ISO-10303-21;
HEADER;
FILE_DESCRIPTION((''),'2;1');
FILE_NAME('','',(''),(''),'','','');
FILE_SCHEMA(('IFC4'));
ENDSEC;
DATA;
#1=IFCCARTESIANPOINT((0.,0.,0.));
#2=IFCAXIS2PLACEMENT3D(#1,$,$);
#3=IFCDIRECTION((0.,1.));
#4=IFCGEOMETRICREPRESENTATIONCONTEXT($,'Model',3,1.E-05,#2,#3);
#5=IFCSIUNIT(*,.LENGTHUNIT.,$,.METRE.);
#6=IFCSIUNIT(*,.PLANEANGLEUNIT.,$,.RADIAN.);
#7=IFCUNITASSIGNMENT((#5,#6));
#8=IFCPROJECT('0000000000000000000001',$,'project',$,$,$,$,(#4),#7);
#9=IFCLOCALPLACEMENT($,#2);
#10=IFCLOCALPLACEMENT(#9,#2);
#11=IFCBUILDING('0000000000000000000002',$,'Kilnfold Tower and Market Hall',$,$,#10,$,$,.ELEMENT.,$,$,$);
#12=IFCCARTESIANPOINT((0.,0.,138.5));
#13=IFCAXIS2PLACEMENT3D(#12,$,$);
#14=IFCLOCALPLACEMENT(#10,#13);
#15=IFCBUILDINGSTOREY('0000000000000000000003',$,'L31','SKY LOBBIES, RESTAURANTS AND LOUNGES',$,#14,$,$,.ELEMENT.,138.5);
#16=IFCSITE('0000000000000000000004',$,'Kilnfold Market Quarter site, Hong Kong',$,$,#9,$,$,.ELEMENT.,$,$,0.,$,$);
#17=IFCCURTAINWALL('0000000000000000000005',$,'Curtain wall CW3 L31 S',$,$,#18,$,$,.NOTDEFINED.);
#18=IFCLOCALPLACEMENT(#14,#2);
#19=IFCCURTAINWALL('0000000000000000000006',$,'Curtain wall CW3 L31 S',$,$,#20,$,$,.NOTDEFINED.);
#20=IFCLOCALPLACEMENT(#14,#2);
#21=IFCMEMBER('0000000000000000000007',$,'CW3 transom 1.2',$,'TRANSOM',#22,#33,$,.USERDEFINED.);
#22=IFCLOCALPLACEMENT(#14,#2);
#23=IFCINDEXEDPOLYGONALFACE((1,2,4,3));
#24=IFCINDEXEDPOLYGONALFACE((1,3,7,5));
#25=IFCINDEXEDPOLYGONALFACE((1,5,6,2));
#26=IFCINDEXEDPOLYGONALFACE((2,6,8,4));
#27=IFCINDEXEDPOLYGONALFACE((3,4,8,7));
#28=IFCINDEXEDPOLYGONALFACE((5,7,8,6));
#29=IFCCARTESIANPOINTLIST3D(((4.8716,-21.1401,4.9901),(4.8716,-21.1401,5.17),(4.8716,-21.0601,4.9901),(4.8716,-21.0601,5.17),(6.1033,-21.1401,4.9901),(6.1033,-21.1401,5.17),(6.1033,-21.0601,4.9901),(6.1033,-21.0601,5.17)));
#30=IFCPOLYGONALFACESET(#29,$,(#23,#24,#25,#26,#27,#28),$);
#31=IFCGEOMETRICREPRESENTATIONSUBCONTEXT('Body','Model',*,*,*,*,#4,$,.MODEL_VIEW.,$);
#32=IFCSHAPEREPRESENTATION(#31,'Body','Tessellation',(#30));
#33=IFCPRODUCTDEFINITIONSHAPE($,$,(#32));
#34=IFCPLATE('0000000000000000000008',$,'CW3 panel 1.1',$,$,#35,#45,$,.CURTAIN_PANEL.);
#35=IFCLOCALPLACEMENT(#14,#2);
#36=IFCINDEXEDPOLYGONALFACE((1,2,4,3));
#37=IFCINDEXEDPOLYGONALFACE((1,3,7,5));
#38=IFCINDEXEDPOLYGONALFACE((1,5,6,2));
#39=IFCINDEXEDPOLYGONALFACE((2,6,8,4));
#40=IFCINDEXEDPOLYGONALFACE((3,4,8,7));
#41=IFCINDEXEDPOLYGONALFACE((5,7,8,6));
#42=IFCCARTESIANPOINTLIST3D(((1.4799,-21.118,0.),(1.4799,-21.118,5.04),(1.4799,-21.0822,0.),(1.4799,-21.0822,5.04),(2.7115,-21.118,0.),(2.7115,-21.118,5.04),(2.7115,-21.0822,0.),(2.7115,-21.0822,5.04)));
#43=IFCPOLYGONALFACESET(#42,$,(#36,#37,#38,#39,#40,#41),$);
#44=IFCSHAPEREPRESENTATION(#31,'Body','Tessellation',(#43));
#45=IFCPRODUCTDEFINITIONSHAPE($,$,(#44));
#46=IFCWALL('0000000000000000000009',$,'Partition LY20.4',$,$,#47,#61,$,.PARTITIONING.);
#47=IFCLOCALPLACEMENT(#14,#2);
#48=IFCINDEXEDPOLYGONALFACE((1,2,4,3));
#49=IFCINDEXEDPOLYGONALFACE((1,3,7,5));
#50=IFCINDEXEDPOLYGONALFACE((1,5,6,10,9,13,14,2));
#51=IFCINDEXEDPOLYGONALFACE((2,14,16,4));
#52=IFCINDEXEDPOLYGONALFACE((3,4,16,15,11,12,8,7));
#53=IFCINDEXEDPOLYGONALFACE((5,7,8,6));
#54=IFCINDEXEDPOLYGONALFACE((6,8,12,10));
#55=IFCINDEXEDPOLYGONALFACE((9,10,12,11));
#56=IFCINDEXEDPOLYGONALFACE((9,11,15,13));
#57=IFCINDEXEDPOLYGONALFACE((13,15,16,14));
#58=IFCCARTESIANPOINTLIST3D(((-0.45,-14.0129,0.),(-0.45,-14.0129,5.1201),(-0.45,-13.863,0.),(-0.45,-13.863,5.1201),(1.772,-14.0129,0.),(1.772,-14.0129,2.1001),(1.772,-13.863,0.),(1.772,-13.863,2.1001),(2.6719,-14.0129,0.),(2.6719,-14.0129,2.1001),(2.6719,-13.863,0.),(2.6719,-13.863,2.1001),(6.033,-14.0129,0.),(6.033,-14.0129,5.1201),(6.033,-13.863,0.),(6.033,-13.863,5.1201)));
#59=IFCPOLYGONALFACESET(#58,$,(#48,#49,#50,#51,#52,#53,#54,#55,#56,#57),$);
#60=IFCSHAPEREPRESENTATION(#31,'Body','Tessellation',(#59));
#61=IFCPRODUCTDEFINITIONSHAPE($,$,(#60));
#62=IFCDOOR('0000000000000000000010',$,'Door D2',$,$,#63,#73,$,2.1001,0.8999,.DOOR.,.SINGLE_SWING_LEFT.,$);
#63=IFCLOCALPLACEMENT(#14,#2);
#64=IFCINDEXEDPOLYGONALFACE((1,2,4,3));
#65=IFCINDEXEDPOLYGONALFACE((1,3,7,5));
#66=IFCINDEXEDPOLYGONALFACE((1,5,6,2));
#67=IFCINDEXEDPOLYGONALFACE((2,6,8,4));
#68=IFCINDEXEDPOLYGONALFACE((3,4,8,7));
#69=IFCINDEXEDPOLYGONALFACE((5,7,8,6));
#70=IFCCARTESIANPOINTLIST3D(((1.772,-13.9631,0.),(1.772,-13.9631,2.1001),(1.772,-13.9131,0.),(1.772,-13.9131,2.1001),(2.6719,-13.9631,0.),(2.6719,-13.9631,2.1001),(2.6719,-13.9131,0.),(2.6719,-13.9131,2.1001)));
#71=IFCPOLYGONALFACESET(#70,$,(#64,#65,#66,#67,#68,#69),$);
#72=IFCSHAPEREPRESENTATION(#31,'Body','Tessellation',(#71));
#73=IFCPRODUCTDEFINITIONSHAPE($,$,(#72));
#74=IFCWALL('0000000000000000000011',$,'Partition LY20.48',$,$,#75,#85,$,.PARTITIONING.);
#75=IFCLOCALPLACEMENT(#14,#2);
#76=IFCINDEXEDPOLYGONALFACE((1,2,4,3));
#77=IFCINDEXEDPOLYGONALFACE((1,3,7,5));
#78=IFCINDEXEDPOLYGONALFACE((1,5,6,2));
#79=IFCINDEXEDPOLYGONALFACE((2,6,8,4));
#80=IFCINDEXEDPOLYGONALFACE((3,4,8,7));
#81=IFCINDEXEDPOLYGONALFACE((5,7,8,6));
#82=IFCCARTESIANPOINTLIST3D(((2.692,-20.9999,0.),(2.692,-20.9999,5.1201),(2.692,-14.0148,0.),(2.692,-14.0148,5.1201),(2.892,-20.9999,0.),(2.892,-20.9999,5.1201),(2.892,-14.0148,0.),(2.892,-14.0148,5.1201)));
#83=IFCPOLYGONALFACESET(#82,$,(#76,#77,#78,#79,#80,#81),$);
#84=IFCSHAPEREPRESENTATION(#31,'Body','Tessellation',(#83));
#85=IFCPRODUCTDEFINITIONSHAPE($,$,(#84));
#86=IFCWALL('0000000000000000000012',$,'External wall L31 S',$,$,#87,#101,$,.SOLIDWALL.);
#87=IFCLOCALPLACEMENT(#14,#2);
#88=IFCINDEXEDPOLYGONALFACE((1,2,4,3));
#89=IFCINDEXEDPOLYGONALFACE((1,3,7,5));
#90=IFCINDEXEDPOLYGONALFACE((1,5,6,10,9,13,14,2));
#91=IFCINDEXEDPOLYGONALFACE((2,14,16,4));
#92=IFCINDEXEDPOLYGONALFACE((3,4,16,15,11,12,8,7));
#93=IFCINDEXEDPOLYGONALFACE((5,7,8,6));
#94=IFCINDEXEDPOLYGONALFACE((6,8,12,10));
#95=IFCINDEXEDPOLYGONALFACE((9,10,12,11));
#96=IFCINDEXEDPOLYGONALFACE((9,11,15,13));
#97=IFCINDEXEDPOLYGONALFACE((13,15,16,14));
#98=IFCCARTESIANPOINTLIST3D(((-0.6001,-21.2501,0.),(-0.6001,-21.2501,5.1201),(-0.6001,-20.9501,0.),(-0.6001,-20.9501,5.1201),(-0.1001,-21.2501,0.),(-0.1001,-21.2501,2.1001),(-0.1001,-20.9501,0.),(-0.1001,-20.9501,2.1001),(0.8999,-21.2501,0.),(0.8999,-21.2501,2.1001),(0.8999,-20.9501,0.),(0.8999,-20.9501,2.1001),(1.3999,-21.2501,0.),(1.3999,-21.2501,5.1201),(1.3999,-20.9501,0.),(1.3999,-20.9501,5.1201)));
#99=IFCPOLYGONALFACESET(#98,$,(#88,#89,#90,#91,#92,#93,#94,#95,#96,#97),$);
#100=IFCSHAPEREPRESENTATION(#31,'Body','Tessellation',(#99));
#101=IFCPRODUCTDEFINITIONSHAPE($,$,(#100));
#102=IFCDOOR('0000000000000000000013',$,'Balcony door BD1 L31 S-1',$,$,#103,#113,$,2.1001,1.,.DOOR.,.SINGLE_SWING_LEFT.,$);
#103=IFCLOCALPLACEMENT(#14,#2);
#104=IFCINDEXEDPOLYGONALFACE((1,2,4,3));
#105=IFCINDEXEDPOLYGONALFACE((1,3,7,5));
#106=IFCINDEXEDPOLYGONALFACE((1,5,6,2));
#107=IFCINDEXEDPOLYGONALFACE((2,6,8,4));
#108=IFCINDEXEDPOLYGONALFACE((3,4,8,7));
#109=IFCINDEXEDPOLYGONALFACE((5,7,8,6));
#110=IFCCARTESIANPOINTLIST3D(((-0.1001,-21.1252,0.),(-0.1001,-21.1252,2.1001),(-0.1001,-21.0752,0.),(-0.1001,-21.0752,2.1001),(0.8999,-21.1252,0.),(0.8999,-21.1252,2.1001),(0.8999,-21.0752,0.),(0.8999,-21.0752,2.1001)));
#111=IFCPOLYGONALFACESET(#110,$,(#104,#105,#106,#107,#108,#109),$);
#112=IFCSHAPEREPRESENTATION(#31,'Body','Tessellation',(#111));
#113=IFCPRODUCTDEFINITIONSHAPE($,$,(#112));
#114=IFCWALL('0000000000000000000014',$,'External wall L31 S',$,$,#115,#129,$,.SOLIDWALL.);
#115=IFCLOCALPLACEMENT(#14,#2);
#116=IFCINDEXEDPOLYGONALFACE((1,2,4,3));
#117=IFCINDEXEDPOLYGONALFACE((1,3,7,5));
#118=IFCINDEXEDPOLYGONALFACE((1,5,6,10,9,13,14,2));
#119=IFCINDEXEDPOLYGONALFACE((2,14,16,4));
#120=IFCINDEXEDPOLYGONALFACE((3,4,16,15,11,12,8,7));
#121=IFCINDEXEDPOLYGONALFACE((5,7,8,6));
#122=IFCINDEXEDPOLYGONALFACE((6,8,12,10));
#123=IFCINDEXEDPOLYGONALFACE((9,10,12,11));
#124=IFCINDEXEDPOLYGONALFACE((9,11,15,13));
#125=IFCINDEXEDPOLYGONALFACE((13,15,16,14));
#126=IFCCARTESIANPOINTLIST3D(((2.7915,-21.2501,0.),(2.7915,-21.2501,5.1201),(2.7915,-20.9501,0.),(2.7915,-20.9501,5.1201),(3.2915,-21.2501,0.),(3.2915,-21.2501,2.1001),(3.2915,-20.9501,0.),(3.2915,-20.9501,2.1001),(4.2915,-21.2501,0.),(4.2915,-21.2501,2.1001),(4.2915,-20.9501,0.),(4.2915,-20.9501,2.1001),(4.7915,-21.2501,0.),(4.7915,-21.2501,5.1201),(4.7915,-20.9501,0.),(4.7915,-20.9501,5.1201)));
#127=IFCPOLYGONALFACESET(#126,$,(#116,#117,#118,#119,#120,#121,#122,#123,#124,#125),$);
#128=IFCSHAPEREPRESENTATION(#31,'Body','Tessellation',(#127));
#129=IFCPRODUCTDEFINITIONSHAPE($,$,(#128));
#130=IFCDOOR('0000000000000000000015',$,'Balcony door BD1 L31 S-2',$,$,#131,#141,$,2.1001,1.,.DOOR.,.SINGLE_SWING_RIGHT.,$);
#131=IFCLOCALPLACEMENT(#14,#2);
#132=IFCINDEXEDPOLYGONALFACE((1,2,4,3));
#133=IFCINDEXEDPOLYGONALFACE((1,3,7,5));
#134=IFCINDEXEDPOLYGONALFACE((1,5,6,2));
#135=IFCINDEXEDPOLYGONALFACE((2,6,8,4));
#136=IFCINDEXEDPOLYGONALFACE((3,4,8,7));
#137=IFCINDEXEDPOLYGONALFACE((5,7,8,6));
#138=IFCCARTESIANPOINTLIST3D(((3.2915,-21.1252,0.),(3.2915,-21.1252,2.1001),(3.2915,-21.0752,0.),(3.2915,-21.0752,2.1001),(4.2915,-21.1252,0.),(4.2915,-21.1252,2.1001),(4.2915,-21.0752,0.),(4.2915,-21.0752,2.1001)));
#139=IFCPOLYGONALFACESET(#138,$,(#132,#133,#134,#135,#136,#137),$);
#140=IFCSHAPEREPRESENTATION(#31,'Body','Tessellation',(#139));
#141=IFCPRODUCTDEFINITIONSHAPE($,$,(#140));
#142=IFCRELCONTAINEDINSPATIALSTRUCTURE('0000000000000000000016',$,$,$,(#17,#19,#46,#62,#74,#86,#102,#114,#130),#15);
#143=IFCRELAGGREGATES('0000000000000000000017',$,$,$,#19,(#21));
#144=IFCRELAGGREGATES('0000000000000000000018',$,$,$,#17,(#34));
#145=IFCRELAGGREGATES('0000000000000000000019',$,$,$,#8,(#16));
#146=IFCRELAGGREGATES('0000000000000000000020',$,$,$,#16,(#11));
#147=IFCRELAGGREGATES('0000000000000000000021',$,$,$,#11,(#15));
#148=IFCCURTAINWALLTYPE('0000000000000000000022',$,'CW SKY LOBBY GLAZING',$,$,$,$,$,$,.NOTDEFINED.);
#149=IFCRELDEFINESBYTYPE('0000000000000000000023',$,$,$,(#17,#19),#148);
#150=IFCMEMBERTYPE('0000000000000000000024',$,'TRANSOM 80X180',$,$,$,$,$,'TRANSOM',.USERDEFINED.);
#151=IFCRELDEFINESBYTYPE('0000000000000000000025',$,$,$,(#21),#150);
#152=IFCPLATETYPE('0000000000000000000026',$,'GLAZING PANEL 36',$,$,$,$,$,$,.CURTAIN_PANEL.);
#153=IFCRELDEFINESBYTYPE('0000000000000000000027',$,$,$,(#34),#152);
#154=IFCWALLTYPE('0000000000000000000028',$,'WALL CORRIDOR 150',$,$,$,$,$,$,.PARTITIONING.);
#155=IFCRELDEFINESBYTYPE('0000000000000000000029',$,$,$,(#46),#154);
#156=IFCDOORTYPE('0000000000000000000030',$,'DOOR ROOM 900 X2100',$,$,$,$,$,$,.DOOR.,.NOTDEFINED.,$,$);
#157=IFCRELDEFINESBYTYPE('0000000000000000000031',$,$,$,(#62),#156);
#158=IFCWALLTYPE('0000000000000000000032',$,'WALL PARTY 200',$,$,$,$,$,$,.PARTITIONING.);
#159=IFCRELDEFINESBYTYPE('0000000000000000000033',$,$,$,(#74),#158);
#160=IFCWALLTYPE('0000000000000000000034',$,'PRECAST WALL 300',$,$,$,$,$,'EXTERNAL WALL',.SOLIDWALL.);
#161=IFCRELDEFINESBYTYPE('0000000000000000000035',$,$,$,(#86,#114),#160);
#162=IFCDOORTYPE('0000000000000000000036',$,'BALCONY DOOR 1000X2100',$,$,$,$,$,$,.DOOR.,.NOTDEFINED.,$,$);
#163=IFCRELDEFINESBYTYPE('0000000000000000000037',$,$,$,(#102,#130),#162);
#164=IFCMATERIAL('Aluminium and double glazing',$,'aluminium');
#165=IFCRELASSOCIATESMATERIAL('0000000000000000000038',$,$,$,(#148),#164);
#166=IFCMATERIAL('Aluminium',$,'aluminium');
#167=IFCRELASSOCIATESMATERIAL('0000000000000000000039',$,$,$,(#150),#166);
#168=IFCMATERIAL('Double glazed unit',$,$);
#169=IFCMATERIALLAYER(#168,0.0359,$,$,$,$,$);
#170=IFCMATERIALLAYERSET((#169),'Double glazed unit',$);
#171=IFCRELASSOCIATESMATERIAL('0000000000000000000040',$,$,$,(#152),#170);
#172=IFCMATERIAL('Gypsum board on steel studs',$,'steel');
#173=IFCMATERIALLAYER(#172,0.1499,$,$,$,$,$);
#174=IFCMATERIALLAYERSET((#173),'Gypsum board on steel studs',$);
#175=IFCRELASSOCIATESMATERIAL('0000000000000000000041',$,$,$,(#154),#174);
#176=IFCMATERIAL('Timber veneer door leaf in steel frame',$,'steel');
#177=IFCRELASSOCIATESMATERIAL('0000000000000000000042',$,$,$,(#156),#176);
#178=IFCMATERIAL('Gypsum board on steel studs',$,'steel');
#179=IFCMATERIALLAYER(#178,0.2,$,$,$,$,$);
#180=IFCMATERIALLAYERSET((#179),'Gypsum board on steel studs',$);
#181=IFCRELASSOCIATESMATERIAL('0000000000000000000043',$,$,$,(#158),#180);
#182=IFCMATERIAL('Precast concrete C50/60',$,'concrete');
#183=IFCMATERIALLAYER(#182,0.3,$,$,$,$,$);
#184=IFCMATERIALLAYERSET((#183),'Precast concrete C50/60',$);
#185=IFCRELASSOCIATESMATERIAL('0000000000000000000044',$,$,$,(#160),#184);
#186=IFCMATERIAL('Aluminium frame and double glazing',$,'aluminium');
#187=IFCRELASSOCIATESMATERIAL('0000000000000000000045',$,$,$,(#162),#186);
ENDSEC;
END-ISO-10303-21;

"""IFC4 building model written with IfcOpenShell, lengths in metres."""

from ifc_helpers import new_model, si_unit, direction, frame, frame_2d, origin, origin_2d, place, context, subcontext, project, spatial, rectangle, extrude, source, transform, mapped, material, layer, layer_set, material_profile, profile_set, type_object, element, fill, aggregate, save


model = new_model("IFC4")

# Units and contexts
model_context = context("Model", 3, precision=1e-05, world=origin(), true_north=direction((0.0, 1.0)))
body_context = subcontext(model_context, "Body", "Model", "MODEL_VIEW")
ifc_project = project(units=[si_unit("LENGTHUNIT", "METRE"), si_unit("PLANEANGLEUNIT", "RADIAN")], contexts=[model_context])

# Site, building, storey
site_placement = place(None, origin())
site = spatial("IfcSite", under=ifc_project, at=site_placement, Name="Kilnfold Market Quarter site, Hong Kong", CompositionType="ELEMENT", RefElevation=0.0)
building_placement = place(site_placement, origin())
building = spatial("IfcBuilding", under=site, at=building_placement, Name="Kilnfold Tower and Market Hall", CompositionType="ELEMENT")
storey_placement = place(building_placement, frame((0.0, 0.0, 138.5)))
storey = spatial("IfcBuildingStorey", under=building, at=storey_placement, Name="L31", Description="SKY LOBBIES, RESTAURANTS AND LOUNGES", CompositionType="ELEMENT", Elevation=138.5)

# Shared definitions
ifc_material_1 = material(Name="Aluminium and double glazing", Category="aluminium")
curtain_wall_type = type_object("IfcCurtainWallType", Name="CW SKY LOBBY GLAZING", PredefinedType="NOTDEFINED", material=ifc_material_1)

# Curtain wall
curtain_wall_1_placement = place(storey_placement, origin())
curtain_wall_1 = element("IfcCurtainWall", 1, at=curtain_wall_1_placement, inside=storey, type_object=curtain_wall_type, Name="Curtain wall CW3 L31 S", PredefinedType="NOTDEFINED")

# Curtain wall
curtain_wall_2_placement = place(storey_placement, origin())
curtain_wall_2 = element("IfcCurtainWall", 2, at=curtain_wall_2_placement, inside=storey, type_object=curtain_wall_type, Name="Curtain wall CW3 L31 S", PredefinedType="NOTDEFINED")

# Member
ifc_material_2 = material(Name="Aluminium", Category="aluminium")
ifc_material_profile_1 = material_profile(ifc_material_2, rectangle(XDim=0.0801, YDim=0.1799, at=origin_2d()), Name="TRANSOM 80x180")
ifc_profile_set_1 = profile_set([ifc_material_profile_1], Name="Aluminium")
member_type_1 = type_object("IfcMemberType", Name="TRANSOM 80X180", ElementType="TRANSOM", PredefinedType="USERDEFINED", material=ifc_profile_set_1)
shared_shape_1 = source(origin(), body_context, "Body", "SweptSolid", [
    extrude(rectangle(XDim=0.0801, YDim=0.1799, at=origin_2d()), origin(), (0.0, 0.0, 1.0), 1.2317),
])
member_1_placement = place(storey_placement, frame((4.8716, -21.1001, 5.0801), z_axis=(1.0, 0.0, 0.0), x_axis=(0.0, 1.0, 0.0)))
member_1 = element("IfcMember", 3, at=member_1_placement, type_object=member_type_1, Name="CW3 transom 1.2", ObjectType="TRANSOM", PredefinedType="USERDEFINED", context=body_context, shape_type="MappedRepresentation", body=[
    mapped(shared_shape_1, transform((0.0, 0.0, 0.0))),
])
aggregate(curtain_wall_2, [member_1])

# Plate
ifc_material_3 = material(Name="Double glazed unit")
ifc_layer_1 = layer(ifc_material_3, 0.0359)
ifc_layer_set_1 = layer_set([ifc_layer_1], Name="Double glazed unit")
plate_type = type_object("IfcPlateType", Name="GLAZING PANEL 36", PredefinedType="CURTAIN_PANEL", material=ifc_layer_set_1)
shared_shape_2 = source(origin(), body_context, "Body", "SweptSolid", [
    extrude(rectangle(XDim=1.2317, YDim=0.0359, at=origin_2d()), origin(), (0.0, 0.0, 1.0), 5.04),
])
plate_placement = place(storey_placement, frame((2.0957, -21.1001, 0.0), z_axis=(0.0, 0.0, 1.0), x_axis=(1.0, 0.0, 0.0)))
plate = element("IfcPlate", 4, at=plate_placement, type_object=plate_type, Name="CW3 panel 1.1", PredefinedType="CURTAIN_PANEL", context=body_context, shape_type="MappedRepresentation", body=[
    mapped(shared_shape_2, transform((0.0, 0.0, 0.0))),
])
aggregate(curtain_wall_1, [plate])

# Wall, opening, door
ifc_material_4 = material(Name="Gypsum board on steel studs", Category="steel")
ifc_layer_2 = layer(ifc_material_4, 0.1499)
ifc_layer_set_2 = layer_set([ifc_layer_2], Name="Gypsum board on steel studs")
wall_type_1 = type_object("IfcWallType", Name="WALL CORRIDOR 150", PredefinedType="PARTITIONING", material=ifc_layer_set_2)
wall_1_placement = place(storey_placement, frame((-0.45, -13.938, 0.0), z_axis=(0.0, 0.0, 1.0), x_axis=(1.0, 0.0, 0.0)))
wall_1 = element("IfcWall", 5, at=wall_1_placement, inside=storey, type_object=wall_type_1, Name="Partition LY20.4", PredefinedType="PARTITIONING", context=body_context, shape_type="SweptSolid", body=[
    extrude(rectangle(XDim=6.4829, YDim=0.1499, at=frame_2d((3.2415, 0.0))), origin(), (0.0, 0.0, 1.0), 5.1201),
])
opening_1_placement = place(wall_1_placement, frame((2.2219, 0.0, 0.0)))
opening_1 = element("IfcOpeningElement", 6, at=opening_1_placement, cuts=wall_1, PredefinedType="OPENING", context=body_context, shape_type="SweptSolid", body=[
    extrude(rectangle(XDim=0.8999, YDim=2.1001, at=frame_2d((0.45, 1.05))), frame((0.0, 0.085, 0.0), z_axis=(0.0, -1.0, 0.0), x_axis=(1.0, 0.0, 0.0)), (0.0, 0.0, 1.0), 0.1699),
])
ifc_material_5 = material(Name="Timber veneer door leaf in steel frame", Category="steel")
door_type_1 = type_object("IfcDoorType", Name="DOOR ROOM 900 X2100", OperationType="NOTDEFINED", PredefinedType="DOOR", material=ifc_material_5)
door_1_placement = place(opening_1_placement, origin())
door_1 = element("IfcDoor", 7, at=door_1_placement, inside=storey, type_object=door_type_1, Name="Door D2", OperationType="SINGLE_SWING_LEFT", OverallHeight=2.1001, OverallWidth=0.8999, PredefinedType="DOOR", context=body_context, shape_type="SweptSolid", body=[
    extrude(rectangle(XDim=0.8999, YDim=2.1001, at=frame_2d((0.45, 1.05))), frame((0.0, 0.0249, 0.0), z_axis=(0.0, -1.0, 0.0), x_axis=(1.0, 0.0, 0.0)), (0.0, 0.0, 1.0), 0.05),
])
fill(opening_1, door_1)

# Wall
ifc_material_6 = material(Name="Gypsum board on steel studs", Category="steel")
ifc_layer_3 = layer(ifc_material_6, 0.2)
ifc_layer_set_3 = layer_set([ifc_layer_3], Name="Gypsum board on steel studs")
wall_type_2 = type_object("IfcWallType", Name="WALL PARTY 200", PredefinedType="PARTITIONING", material=ifc_layer_set_3)
wall_2_placement = place(storey_placement, frame((2.792, -21.0, 0.0), z_axis=(0.0, 0.0, 1.0), x_axis=(0.0, 1.0, 0.0)))
element("IfcWall", 8, at=wall_2_placement, inside=storey, type_object=wall_type_2, Name="Partition LY20.48", PredefinedType="PARTITIONING", context=body_context, shape_type="SweptSolid", body=[
    extrude(rectangle(XDim=6.9851, YDim=0.2, at=frame_2d((3.4927, 0.0))), origin(), (0.0, 0.0, 1.0), 5.1201),
])

# Walls, openings, doors
ifc_material_7 = material(Name="Precast concrete C50/60", Category="concrete")
ifc_layer_4 = layer(ifc_material_7, 0.3)
ifc_layer_set_4 = layer_set([ifc_layer_4], Name="Precast concrete C50/60")
wall_type_3 = type_object("IfcWallType", Name="PRECAST WALL 300", ElementType="EXTERNAL WALL", PredefinedType="SOLIDWALL", material=ifc_layer_set_4)
shared_shape_3 = source(origin(), body_context, "Body", "SweptSolid", [
    extrude(rectangle(XDim=2.0, YDim=0.3, at=frame_2d((1.0, 0.0))), origin(), (0.0, 0.0, 1.0), 5.1201),
])
wall_3_placement = place(storey_placement, frame((-0.6001, -21.1001, 0.0), z_axis=(0.0, 0.0, 1.0), x_axis=(1.0, 0.0, 0.0)))
wall_3 = element("IfcWall", 9, at=wall_3_placement, inside=storey, type_object=wall_type_3, Name="External wall L31 S", PredefinedType="SOLIDWALL", context=body_context, shape_type="MappedRepresentation", body=[
    mapped(shared_shape_3, transform((0.0, 0.0, 0.0))),
])
opening_2_placement = place(wall_3_placement, frame((0.5, 0.0, 0.0)))
opening_2 = element("IfcOpeningElement", 10, at=opening_2_placement, cuts=wall_3, PredefinedType="OPENING", context=body_context, shape_type="SweptSolid", body=[
    extrude(rectangle(XDim=1.0, YDim=2.1001, at=frame_2d((0.5, 1.05))), frame((0.0, 0.1602, 0.0), z_axis=(0.0, -1.0, 0.0), x_axis=(1.0, 0.0, 0.0)), (0.0, 0.0, 1.0), 0.3201),
])
ifc_material_8 = material(Name="Aluminium frame and double glazing", Category="aluminium")
door_type_2 = type_object("IfcDoorType", Name="BALCONY DOOR 1000X2100", OperationType="NOTDEFINED", PredefinedType="DOOR", material=ifc_material_8)
door_2_placement = place(opening_2_placement, origin())
door_2 = element("IfcDoor", 11, at=door_2_placement, inside=storey, type_object=door_type_2, Name="Balcony door BD1 L31 S-1", OperationType="SINGLE_SWING_LEFT", OverallHeight=2.1001, OverallWidth=1.0, PredefinedType="DOOR", context=body_context, shape_type="SweptSolid", body=[
    extrude(rectangle(XDim=1.0, YDim=2.1001, at=frame_2d((0.5, 1.05))), frame((0.0, 0.0249, 0.0), z_axis=(0.0, -1.0, 0.0), x_axis=(1.0, 0.0, 0.0)), (0.0, 0.0, 1.0), 0.05),
])
fill(opening_2, door_2)
wall_4_placement = place(storey_placement, frame((2.7915, -21.1001, 0.0), z_axis=(0.0, 0.0, 1.0), x_axis=(1.0, 0.0, 0.0)))
wall_4 = element("IfcWall", 12, at=wall_4_placement, inside=storey, type_object=wall_type_3, Name="External wall L31 S", PredefinedType="SOLIDWALL", context=body_context, shape_type="MappedRepresentation", body=[
    mapped(shared_shape_3, transform((0.0, 0.0, 0.0))),
])
opening_3_placement = place(wall_4_placement, frame((0.5, 0.0, 0.0)))
opening_3 = element("IfcOpeningElement", 13, at=opening_3_placement, cuts=wall_4, PredefinedType="OPENING", context=body_context, shape_type="SweptSolid", body=[
    extrude(rectangle(XDim=1.0, YDim=2.1001, at=frame_2d((0.5, 1.05))), frame((0.0, 0.1602, 0.0), z_axis=(0.0, -1.0, 0.0), x_axis=(1.0, 0.0, 0.0)), (0.0, 0.0, 1.0), 0.3201),
])
door_3_placement = place(opening_3_placement, origin())
door_3 = element("IfcDoor", 14, at=door_3_placement, inside=storey, type_object=door_type_2, Name="Balcony door BD1 L31 S-2", OperationType="SINGLE_SWING_RIGHT", OverallHeight=2.1001, OverallWidth=1.0, PredefinedType="DOOR", context=body_context, shape_type="SweptSolid", body=[
    extrude(rectangle(XDim=1.0, YDim=2.1001, at=frame_2d((0.5, 1.05))), frame((0.0, 0.0249, 0.0), z_axis=(0.0, -1.0, 0.0), x_axis=(1.0, 0.0, 0.0)), (0.0, 0.0, 1.0), 0.05),
])
fill(opening_3, door_3)

save(model, "model.ifc")
